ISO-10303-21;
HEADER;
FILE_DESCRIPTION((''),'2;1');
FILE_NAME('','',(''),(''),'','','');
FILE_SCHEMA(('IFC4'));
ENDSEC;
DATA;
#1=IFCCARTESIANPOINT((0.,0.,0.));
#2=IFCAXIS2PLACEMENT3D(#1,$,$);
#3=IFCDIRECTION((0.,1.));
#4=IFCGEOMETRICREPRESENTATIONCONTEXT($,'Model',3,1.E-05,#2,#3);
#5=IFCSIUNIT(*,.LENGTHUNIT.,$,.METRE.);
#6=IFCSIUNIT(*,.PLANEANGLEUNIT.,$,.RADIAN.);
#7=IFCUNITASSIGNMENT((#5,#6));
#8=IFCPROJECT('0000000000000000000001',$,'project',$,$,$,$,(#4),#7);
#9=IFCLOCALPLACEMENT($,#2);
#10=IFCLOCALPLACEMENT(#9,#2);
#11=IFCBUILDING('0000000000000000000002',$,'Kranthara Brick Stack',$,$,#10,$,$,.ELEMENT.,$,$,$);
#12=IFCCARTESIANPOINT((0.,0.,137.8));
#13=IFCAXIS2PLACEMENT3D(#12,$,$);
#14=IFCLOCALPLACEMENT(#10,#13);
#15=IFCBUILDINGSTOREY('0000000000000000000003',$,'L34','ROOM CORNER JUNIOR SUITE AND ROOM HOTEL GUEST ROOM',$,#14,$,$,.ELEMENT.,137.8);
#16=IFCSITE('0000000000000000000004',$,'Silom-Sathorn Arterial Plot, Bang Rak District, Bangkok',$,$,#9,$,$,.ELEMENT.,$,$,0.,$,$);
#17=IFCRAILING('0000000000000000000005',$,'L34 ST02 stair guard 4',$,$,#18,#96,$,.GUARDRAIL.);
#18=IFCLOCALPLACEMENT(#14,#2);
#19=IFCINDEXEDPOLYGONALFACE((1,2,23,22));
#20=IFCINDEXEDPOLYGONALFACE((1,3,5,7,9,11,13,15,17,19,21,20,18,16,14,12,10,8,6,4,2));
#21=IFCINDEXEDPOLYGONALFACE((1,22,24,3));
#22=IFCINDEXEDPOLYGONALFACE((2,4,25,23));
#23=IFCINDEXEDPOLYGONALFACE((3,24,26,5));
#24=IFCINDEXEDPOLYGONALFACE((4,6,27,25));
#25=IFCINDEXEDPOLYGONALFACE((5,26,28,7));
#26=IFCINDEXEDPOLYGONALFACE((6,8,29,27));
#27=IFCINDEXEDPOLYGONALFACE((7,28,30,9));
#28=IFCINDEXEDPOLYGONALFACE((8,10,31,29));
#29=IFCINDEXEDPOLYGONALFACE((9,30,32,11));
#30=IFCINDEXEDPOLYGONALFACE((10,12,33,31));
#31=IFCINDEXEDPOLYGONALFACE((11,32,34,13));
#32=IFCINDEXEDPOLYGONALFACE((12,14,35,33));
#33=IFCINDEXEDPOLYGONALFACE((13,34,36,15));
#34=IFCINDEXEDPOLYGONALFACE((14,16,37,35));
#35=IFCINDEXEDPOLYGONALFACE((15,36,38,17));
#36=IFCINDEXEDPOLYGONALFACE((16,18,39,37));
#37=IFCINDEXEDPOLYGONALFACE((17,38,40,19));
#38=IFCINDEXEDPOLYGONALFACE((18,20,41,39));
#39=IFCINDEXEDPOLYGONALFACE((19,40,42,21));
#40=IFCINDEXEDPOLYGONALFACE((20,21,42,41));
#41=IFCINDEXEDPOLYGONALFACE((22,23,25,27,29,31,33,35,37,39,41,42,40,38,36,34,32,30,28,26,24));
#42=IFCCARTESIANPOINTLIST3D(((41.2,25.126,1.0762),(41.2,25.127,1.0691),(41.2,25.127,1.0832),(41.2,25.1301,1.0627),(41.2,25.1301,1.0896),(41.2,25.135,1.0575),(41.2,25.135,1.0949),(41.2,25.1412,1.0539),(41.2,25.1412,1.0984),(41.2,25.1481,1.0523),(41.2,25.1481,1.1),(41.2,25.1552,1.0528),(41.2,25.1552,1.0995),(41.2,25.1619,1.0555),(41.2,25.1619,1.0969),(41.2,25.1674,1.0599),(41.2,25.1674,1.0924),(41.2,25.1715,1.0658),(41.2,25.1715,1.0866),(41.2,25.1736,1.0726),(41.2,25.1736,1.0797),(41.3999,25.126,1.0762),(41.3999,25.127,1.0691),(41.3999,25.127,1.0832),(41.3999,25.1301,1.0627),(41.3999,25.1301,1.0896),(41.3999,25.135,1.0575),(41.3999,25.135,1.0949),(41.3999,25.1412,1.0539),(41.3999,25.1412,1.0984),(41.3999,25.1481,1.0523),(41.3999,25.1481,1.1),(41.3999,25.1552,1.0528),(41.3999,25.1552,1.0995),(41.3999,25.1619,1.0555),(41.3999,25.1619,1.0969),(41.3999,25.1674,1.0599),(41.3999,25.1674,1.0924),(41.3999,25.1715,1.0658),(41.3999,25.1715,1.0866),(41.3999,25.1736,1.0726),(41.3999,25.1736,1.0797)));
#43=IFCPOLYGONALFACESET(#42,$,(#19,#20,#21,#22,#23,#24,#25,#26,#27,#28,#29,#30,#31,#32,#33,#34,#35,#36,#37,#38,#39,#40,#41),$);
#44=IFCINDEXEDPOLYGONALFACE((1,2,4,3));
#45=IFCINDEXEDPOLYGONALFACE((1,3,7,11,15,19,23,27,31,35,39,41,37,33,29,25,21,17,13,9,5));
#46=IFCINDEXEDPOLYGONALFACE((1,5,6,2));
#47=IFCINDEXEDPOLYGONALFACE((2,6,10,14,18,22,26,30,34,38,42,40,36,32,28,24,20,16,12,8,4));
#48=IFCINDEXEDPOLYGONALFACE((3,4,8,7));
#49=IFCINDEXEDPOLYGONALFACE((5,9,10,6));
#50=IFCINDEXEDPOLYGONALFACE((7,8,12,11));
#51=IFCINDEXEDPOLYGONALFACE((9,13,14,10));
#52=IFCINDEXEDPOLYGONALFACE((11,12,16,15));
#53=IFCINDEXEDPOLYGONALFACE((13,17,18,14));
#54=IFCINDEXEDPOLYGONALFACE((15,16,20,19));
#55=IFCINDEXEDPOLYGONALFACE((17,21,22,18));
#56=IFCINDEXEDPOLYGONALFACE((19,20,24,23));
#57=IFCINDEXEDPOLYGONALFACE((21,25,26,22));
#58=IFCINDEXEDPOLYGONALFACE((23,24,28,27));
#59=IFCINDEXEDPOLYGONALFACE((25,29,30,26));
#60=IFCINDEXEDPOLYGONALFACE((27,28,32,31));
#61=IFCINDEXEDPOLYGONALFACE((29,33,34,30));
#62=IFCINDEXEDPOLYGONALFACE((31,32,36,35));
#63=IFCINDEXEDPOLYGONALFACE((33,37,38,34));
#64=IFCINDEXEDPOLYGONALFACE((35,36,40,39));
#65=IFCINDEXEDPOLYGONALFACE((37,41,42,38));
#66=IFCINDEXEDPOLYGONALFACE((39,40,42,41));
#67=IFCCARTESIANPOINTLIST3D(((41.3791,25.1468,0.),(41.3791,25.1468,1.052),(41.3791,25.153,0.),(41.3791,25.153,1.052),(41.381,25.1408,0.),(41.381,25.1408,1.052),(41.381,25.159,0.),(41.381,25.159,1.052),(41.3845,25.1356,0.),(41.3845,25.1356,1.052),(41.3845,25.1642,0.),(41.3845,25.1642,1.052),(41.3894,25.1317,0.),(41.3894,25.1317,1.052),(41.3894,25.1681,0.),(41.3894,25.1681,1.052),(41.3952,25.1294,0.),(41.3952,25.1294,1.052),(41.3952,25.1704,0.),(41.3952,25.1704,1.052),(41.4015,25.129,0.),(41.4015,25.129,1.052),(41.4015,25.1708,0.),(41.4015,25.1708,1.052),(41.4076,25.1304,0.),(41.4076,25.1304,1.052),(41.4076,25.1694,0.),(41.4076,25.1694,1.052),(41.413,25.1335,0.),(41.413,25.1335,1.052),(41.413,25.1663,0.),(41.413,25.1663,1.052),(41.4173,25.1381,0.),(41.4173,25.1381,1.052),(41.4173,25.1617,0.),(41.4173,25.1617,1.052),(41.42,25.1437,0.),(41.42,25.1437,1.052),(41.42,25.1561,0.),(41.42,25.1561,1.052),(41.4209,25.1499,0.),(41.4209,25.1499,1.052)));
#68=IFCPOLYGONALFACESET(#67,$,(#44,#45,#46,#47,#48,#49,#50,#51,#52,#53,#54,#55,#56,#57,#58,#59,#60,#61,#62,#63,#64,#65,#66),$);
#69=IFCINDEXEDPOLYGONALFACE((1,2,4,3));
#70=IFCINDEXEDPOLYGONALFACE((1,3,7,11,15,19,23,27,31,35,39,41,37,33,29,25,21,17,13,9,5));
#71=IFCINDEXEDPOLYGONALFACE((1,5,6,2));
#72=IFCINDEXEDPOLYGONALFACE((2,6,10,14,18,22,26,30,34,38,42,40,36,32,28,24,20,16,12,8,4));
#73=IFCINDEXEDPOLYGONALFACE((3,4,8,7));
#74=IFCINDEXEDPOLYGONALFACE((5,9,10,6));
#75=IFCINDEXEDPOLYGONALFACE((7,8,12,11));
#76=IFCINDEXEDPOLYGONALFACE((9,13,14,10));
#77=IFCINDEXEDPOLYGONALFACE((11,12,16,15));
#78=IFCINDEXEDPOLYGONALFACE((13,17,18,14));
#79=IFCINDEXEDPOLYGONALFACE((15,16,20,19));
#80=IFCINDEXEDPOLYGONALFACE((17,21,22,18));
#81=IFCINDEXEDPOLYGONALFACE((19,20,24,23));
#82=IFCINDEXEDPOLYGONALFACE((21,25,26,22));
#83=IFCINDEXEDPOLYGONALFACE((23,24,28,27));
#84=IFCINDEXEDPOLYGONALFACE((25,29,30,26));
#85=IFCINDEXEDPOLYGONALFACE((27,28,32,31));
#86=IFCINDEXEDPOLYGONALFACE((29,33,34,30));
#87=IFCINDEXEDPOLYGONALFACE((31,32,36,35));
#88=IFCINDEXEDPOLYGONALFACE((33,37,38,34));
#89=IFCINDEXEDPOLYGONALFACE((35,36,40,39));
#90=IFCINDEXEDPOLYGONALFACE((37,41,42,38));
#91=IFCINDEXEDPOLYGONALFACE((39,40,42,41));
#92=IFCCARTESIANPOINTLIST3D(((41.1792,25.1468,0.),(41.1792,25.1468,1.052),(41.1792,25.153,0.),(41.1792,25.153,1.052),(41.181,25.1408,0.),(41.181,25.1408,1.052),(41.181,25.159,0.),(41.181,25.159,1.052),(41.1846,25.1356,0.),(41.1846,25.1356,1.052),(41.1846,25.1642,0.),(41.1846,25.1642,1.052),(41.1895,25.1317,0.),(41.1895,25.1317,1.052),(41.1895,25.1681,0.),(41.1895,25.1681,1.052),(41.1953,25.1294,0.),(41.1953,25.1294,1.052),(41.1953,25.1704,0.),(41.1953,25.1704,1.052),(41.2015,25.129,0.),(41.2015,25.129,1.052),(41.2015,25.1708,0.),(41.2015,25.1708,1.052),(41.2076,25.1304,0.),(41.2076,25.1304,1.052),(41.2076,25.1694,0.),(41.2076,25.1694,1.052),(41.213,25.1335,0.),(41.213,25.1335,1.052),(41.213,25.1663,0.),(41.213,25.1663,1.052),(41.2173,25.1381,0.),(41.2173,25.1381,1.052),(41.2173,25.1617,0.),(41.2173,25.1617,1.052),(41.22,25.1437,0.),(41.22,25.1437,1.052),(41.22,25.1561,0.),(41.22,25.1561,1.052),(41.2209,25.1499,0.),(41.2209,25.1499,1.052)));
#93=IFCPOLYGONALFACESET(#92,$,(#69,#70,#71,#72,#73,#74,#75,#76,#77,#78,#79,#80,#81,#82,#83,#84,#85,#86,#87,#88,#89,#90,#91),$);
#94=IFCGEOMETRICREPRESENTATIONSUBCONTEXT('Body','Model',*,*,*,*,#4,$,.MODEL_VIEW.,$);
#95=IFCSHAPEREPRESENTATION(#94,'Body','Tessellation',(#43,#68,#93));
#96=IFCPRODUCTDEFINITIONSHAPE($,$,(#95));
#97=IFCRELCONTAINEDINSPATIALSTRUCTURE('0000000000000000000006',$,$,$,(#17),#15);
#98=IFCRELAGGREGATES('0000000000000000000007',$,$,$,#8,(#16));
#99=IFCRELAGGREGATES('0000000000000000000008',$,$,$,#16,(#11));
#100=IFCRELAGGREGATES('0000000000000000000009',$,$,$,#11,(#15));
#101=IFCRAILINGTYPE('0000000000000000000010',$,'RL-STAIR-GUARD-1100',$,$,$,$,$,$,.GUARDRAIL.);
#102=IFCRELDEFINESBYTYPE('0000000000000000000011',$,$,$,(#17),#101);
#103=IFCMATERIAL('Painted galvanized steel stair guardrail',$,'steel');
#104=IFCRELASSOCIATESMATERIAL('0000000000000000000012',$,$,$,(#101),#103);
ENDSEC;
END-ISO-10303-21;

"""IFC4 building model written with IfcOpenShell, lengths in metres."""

from ifc_helpers import new_model, si_unit, direction, frame, origin, origin_2d, place, context, subcontext, project, spatial, circle, extrude, material, type_object, element, save


model = new_model("IFC4")

# Units and contexts
model_context = context("Model", 3, precision=1e-05, world=origin(), true_north=direction((0.0, 1.0)))
body_context = subcontext(model_context, "Body", "Model", "MODEL_VIEW")
ifc_project = project(units=[si_unit("LENGTHUNIT", "METRE"), si_unit("PLANEANGLEUNIT", "RADIAN")], contexts=[model_context])

# Site, building, storey
site_placement = place(None, origin())
site = spatial("IfcSite", under=ifc_project, at=site_placement, Name="Silom-Sathorn Arterial Plot, Bang Rak District, Bangkok", CompositionType="ELEMENT", RefElevation=0.0)
building_placement = place(site_placement, origin())
building = spatial("IfcBuilding", under=site, at=building_placement, Name="Kranthara Brick Stack", CompositionType="ELEMENT")
storey_placement = place(building_placement, frame((0.0, 0.0, 137.8)))
storey = spatial("IfcBuildingStorey", under=building, at=storey_placement, Name="L34", Description="ROOM CORNER JUNIOR SUITE AND ROOM HOTEL GUEST ROOM", CompositionType="ELEMENT", Elevation=137.8)

# Railing
ifc_material_1 = material(Name="Painted galvanized steel stair guardrail", Category="steel")
railing_type = type_object("IfcRailingType", Name="RL-STAIR-GUARD-1100", PredefinedType="GUARDRAIL", material=ifc_material_1)
railing_1_placement = place(storey_placement, frame((41.3999, 25.1499, 0.0)))
element("IfcRailing", 1, at=railing_1_placement, inside=storey, type_object=railing_type, Name="L34 ST02 stair guard 4", PredefinedType="GUARDRAIL", context=body_context, shape_type="SweptSolid", body=[
    extrude(circle(Radius=0.0239, at=origin_2d()), frame((0.0, 0.0, 1.0762), z_axis=(-1.0, 0.0, 0.0), x_axis=(0.0, -1.0, 0.0)), (0.0, 0.0, 1.0), 0.2),
    extrude(circle(Radius=0.021, at=origin_2d()), origin(), (0.0, 0.0, 1.0), 1.052),
    extrude(circle(Radius=0.021, at=origin_2d()), frame((-0.2, 0.0, 0.0)), (0.0, 0.0, 1.0), 1.052),
])

save(model, "model.ifc")
